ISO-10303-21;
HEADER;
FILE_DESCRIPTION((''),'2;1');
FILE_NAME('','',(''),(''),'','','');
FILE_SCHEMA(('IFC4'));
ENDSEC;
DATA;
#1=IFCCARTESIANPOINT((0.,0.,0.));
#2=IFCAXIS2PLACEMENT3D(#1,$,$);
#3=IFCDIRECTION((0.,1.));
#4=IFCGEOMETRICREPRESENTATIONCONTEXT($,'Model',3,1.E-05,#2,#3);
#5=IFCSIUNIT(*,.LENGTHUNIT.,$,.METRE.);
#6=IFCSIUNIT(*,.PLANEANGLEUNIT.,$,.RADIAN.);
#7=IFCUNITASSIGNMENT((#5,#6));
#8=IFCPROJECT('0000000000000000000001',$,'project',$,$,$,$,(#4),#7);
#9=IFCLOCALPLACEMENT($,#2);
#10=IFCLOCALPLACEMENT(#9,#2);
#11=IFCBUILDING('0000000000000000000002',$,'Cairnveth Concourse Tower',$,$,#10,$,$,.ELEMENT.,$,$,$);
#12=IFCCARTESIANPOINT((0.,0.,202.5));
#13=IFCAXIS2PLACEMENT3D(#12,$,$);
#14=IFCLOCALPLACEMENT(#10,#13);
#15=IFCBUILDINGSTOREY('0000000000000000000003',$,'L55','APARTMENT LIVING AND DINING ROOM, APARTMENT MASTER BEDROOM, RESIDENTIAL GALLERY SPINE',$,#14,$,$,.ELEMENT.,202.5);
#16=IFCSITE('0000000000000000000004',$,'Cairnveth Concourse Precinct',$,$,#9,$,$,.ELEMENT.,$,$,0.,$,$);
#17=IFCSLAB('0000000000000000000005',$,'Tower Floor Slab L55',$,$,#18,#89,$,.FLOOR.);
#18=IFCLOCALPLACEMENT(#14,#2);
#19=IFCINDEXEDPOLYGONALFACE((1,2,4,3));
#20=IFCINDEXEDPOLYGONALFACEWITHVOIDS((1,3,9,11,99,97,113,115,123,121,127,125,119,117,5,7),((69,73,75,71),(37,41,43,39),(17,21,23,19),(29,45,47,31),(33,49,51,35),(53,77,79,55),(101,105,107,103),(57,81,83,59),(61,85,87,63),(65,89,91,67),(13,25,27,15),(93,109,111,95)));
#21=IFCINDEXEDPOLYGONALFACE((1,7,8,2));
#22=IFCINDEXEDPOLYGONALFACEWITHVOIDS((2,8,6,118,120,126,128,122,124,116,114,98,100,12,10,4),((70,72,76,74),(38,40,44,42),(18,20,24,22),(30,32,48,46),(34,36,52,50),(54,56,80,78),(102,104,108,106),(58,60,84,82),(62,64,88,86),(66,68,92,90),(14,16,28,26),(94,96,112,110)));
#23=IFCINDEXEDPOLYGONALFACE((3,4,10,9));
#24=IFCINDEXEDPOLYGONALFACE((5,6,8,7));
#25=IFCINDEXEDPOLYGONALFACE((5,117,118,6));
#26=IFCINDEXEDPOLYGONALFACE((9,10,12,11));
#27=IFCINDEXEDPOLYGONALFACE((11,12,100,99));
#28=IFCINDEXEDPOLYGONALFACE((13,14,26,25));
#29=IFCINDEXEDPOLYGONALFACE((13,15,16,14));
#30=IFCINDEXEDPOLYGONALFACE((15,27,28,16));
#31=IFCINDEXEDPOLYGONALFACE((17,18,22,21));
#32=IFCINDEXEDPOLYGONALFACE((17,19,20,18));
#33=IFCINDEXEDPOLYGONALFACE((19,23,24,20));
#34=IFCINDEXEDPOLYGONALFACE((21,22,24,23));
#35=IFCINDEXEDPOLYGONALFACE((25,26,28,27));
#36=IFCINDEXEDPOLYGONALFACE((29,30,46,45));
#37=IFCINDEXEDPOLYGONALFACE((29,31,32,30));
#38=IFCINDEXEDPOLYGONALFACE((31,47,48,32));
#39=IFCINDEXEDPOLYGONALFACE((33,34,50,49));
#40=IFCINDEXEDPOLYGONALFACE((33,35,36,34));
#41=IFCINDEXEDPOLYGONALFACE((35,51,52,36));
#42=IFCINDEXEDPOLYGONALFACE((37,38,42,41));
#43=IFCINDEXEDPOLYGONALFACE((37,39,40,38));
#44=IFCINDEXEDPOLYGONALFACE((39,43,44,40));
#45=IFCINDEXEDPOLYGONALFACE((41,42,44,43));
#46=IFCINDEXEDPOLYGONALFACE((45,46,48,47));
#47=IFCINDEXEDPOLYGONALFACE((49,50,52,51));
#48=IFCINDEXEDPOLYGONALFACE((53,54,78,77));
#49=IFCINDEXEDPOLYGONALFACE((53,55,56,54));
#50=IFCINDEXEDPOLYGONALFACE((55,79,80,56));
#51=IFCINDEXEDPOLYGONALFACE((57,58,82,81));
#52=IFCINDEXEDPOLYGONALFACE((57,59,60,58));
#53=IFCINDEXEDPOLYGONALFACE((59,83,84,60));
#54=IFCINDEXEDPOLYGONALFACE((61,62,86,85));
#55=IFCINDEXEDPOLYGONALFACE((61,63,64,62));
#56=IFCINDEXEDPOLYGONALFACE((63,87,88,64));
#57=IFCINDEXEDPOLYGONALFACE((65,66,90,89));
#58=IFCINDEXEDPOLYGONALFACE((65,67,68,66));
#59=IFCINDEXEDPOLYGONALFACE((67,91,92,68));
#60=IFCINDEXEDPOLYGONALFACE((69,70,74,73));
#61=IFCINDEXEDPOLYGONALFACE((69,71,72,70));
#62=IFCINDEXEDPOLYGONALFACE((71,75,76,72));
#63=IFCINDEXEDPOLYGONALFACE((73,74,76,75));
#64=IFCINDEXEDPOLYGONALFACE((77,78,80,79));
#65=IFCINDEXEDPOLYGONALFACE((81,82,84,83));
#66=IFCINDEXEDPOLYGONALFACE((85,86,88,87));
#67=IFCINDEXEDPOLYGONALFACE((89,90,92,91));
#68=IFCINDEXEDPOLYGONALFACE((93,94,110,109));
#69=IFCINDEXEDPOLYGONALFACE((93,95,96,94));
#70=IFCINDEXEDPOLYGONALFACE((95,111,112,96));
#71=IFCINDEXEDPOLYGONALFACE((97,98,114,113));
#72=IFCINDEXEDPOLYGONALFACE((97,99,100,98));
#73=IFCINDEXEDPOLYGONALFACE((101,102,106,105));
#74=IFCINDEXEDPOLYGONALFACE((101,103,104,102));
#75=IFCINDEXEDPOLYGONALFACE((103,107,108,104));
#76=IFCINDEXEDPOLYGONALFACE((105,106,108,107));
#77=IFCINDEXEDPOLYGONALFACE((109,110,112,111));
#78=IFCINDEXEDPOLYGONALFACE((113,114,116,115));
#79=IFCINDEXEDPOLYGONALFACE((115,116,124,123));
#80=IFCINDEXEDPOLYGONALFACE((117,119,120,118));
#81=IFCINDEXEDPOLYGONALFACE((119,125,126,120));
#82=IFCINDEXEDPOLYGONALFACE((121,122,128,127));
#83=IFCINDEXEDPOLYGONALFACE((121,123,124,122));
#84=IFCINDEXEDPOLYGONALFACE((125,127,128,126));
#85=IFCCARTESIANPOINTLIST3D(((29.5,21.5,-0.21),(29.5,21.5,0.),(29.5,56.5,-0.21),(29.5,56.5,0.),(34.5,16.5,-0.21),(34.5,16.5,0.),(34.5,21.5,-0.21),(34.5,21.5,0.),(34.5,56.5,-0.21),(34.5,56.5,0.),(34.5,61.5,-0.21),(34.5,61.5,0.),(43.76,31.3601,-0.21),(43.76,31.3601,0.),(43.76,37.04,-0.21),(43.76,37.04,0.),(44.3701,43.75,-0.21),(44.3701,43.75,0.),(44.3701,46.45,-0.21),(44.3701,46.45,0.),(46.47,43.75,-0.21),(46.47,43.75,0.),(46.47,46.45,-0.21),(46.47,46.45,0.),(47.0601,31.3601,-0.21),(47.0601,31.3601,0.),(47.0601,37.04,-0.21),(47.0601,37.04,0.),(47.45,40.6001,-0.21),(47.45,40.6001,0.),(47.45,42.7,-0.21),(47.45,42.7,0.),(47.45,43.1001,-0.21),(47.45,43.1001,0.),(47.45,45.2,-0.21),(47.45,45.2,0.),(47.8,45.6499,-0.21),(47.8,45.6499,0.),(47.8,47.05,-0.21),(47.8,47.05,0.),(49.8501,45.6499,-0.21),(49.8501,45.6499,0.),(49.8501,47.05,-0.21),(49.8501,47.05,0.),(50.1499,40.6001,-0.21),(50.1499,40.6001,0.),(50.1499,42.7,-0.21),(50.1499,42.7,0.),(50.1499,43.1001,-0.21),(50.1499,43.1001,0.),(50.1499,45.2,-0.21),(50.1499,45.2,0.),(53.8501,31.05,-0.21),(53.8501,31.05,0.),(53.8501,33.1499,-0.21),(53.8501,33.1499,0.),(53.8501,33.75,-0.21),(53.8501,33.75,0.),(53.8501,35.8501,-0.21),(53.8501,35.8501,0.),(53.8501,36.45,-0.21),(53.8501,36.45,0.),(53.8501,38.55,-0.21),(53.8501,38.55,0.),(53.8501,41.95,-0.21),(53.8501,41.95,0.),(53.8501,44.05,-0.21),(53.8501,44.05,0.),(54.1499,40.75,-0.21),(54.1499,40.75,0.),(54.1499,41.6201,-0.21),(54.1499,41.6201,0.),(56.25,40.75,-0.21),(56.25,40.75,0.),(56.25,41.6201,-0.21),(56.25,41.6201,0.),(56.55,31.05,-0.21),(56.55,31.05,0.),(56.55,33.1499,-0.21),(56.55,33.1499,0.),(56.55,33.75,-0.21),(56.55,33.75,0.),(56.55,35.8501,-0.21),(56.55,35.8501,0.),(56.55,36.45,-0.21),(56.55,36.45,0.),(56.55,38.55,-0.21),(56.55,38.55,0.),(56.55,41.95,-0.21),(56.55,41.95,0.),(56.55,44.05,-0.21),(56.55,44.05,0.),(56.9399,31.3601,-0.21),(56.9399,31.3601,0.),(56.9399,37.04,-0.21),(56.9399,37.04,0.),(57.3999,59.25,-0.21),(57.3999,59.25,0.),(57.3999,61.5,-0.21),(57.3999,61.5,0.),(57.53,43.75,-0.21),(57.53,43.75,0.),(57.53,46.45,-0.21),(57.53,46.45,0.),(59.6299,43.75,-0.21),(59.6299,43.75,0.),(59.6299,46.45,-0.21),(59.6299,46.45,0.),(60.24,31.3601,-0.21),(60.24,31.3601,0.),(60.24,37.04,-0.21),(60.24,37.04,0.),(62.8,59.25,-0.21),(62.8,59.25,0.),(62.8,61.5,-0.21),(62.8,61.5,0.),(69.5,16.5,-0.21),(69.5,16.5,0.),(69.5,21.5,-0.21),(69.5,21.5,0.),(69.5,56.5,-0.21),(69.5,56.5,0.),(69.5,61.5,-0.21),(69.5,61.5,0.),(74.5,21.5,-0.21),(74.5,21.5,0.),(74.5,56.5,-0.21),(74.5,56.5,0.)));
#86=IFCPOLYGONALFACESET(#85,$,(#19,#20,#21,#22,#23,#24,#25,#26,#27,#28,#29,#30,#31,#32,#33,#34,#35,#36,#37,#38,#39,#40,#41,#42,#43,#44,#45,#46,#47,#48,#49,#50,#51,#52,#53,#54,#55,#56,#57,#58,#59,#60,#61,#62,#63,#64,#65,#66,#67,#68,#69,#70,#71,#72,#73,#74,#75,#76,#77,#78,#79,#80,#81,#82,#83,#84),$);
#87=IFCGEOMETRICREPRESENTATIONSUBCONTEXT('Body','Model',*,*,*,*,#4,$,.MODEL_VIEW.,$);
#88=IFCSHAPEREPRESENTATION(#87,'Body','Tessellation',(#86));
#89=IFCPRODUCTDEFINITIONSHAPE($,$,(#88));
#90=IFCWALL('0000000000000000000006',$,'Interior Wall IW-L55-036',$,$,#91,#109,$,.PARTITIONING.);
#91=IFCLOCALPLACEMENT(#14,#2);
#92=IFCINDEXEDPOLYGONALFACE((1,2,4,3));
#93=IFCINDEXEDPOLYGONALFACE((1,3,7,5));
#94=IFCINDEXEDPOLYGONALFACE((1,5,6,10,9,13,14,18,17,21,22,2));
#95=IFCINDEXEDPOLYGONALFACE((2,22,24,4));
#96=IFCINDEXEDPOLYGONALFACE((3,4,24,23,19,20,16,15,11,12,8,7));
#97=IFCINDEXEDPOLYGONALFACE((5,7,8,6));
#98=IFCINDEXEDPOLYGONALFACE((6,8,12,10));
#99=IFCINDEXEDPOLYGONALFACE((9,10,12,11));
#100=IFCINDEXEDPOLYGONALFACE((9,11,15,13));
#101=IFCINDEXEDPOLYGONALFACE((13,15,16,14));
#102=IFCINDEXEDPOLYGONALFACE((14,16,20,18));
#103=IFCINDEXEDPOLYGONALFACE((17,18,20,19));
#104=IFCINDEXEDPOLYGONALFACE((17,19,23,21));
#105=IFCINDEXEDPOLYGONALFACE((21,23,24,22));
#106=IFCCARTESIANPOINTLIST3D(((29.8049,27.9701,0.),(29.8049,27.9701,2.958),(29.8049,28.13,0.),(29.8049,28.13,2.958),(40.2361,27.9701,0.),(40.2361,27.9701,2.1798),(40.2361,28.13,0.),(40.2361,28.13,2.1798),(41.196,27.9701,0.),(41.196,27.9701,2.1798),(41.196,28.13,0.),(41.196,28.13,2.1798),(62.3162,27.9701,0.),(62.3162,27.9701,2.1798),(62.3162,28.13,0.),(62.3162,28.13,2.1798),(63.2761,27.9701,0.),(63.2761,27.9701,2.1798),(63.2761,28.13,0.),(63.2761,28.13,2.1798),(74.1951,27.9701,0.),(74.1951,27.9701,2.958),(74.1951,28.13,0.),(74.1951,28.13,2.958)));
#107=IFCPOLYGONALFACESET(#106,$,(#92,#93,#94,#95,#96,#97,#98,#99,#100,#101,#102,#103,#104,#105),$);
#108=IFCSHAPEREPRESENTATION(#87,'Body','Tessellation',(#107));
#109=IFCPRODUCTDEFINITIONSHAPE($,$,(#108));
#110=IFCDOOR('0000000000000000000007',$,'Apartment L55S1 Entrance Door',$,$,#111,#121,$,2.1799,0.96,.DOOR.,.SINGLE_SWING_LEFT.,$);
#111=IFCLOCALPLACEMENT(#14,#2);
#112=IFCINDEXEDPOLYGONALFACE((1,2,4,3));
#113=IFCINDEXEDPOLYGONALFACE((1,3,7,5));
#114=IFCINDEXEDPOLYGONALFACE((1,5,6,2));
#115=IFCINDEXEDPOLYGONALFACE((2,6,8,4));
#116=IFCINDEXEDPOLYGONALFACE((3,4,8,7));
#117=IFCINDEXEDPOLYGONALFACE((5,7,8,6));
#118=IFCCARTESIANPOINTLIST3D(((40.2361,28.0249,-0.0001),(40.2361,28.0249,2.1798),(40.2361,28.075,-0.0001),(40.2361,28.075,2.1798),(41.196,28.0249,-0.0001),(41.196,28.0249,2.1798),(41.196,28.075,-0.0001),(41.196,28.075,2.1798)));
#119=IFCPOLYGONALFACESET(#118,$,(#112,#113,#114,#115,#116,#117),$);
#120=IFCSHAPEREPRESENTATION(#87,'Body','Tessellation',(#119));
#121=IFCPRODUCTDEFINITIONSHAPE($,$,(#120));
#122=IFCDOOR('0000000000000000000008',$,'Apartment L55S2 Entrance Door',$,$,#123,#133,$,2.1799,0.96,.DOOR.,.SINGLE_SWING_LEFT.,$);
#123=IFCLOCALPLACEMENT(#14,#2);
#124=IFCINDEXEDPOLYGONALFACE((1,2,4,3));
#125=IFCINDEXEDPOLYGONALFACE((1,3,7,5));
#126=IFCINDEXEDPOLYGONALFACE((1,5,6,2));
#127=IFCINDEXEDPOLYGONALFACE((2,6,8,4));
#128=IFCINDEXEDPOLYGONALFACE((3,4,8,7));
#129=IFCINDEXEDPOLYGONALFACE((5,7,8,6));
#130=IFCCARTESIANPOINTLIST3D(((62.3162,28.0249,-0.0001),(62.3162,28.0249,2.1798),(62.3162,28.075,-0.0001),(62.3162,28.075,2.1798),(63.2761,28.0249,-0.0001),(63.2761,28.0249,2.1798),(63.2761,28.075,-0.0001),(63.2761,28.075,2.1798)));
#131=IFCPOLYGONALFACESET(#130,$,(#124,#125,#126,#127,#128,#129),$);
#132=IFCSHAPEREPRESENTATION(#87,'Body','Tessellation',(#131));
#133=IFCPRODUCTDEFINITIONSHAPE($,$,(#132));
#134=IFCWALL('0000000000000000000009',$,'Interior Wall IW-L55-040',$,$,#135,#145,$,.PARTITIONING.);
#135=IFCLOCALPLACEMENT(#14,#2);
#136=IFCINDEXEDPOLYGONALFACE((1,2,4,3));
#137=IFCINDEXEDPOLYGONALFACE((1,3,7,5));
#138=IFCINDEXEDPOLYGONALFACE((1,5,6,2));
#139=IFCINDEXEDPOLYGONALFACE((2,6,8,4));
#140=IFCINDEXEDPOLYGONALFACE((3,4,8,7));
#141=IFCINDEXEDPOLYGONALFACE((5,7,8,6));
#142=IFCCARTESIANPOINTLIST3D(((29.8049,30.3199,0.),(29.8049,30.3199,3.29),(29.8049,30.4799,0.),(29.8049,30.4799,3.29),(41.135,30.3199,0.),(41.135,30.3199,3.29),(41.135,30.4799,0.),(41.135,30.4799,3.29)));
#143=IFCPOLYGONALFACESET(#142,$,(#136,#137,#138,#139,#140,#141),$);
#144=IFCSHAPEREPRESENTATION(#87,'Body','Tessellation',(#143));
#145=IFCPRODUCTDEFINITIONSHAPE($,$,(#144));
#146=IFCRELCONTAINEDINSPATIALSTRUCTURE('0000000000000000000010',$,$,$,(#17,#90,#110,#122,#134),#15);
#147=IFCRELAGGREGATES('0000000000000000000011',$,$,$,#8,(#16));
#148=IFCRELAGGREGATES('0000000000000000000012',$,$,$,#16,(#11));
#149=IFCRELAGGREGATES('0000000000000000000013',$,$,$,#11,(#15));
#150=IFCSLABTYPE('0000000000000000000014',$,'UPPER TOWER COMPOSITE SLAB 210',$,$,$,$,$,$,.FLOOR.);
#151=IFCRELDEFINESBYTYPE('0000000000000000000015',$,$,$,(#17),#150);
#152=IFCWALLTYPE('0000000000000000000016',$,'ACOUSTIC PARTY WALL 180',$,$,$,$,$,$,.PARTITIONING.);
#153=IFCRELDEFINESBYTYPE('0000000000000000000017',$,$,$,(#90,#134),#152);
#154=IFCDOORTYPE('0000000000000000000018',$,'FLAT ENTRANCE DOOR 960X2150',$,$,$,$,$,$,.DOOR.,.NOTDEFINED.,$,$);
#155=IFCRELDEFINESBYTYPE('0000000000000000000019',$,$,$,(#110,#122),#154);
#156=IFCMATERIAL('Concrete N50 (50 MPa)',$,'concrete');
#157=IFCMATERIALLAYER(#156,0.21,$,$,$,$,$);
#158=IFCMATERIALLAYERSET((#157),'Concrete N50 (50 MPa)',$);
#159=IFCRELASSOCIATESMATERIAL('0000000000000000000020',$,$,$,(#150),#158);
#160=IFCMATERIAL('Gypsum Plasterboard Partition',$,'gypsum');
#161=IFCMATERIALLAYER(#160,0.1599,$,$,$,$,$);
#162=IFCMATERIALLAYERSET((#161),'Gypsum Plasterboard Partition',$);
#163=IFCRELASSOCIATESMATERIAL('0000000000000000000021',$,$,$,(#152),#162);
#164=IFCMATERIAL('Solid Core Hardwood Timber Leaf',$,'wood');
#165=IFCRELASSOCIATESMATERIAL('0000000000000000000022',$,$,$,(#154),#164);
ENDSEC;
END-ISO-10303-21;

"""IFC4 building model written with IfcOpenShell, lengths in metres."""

from ifc_helpers import new_model, si_unit, direction, frame, frame_2d, origin, place, context, subcontext, project, spatial, polyline, rectangle, outline, extrude, material, layer, layer_set, type_object, element, fill, save


model = new_model("IFC4")

# Units and contexts
model_context = context("Model", 3, precision=1e-05, world=origin(), true_north=direction((0.0, 1.0)))
body_context = subcontext(model_context, "Body", "Model", "MODEL_VIEW")
ifc_project = project(units=[si_unit("LENGTHUNIT", "METRE"), si_unit("PLANEANGLEUNIT", "RADIAN")], contexts=[model_context])

# Site, building, storey
site_placement = place(None, origin())
site = spatial("IfcSite", under=ifc_project, at=site_placement, Name="Cairnveth Concourse Precinct", CompositionType="ELEMENT", RefElevation=0.0)
building_placement = place(site_placement, origin())
building = spatial("IfcBuilding", under=site, at=building_placement, Name="Cairnveth Concourse Tower", CompositionType="ELEMENT")
storey_placement = place(building_placement, frame((0.0, 0.0, 202.5)))
storey = spatial("IfcBuildingStorey", under=building, at=storey_placement, Name="L55", Description="APARTMENT LIVING AND DINING ROOM, APARTMENT MASTER BEDROOM, RESIDENTIAL GALLERY SPINE", CompositionType="ELEMENT", Elevation=202.5)

# Shared definitions
ifc_material_1 = material(Name="Concrete N50 (50 MPa)", Category="concrete")

# Slab
ifc_layer_1 = layer(ifc_material_1, 0.21)
ifc_layer_set_1 = layer_set([ifc_layer_1], Name="Concrete N50 (50 MPa)")
slab_type_1 = type_object("IfcSlabType", Name="UPPER TOWER COMPOSITE SLAB 210", PredefinedType="FLOOR", material=ifc_layer_set_1)
slab_1_placement = place(storey_placement, frame((0.0, 0.0, -0.21)))
element("IfcSlab", 1, at=slab_1_placement, inside=storey, type_object=slab_type_1, Name="Tower Floor Slab L55", PredefinedType="FLOOR", context=body_context, shape_type="SweptSolid", body=[
    extrude(outline(polyline([(62.8, 61.5), (62.8, 59.25), (57.3999, 59.25), (57.3999, 61.5), (34.5, 61.5), (34.5, 56.5), (29.5, 56.5), (29.5, 21.5), (34.5, 21.5), (34.5, 16.5), (69.5, 16.5), (69.5, 21.5), (74.5, 21.5), (74.5, 56.5), (69.5, 56.5), (69.5, 61.5), (62.8, 61.5)]), holes=[polyline([(43.76, 31.3601), (47.0601, 31.3601), (47.0601, 37.04), (43.76, 37.04), (43.76, 31.3601)]), polyline([(56.9399, 31.3601), (60.24, 31.3601), (60.24, 37.04), (56.9399, 37.04), (56.9399, 31.3601)]), polyline([(44.3701, 43.75), (46.47, 43.75), (46.47, 46.45), (44.3701, 46.45), (44.3701, 43.75)]), polyline([(57.53, 43.75), (59.6299, 43.75), (59.6299, 46.45), (57.53, 46.45), (57.53, 43.75)]), polyline([(53.8501, 31.05), (56.55, 31.05), (56.55, 33.1499), (53.8501, 33.1499), (53.8501, 31.05)]), polyline([(53.8501, 33.75), (56.55, 33.75), (56.55, 35.8501), (53.8501, 35.8501), (53.8501, 33.75)]), polyline([(53.8501, 36.45), (56.55, 36.45), (56.55, 38.55), (53.8501, 38.55), (53.8501, 36.45)]), polyline([(47.45, 40.6001), (50.1499, 40.6001), (50.1499, 42.7), (47.45, 42.7), (47.45, 40.6001)]), polyline([(47.45, 43.1001), (50.1499, 43.1001), (50.1499, 45.2), (47.45, 45.2), (47.45, 43.1001)]), polyline([(53.8501, 41.95), (56.55, 41.95), (56.55, 44.05), (53.8501, 44.05), (53.8501, 41.95)]), polyline([(47.8, 45.6499), (49.8501, 45.6499), (49.8501, 47.05), (47.8, 47.05), (47.8, 45.6499)]), polyline([(54.1499, 40.75), (56.25, 40.75), (56.25, 41.6201), (54.1499, 41.6201), (54.1499, 40.75)])]), origin(), (0.0, 0.0, 1.0), 0.21),
])

# Wall, openings, doors
ifc_material_2 = material(Name="Gypsum Plasterboard Partition", Category="gypsum")
ifc_layer_2 = layer(ifc_material_2, 0.1599)
ifc_layer_set_2 = layer_set([ifc_layer_2], Name="Gypsum Plasterboard Partition")
wall_type_1 = type_object("IfcWallType", Name="ACOUSTIC PARTY WALL 180", PredefinedType="PARTITIONING", material=ifc_layer_set_2)
wall_1_placement = place(storey_placement, frame((29.8049, 28.05, 0.0), z_axis=(0.0, 0.0, 1.0), x_axis=(1.0, 0.0, 0.0)))
wall_1 = element("IfcWall", 2, at=wall_1_placement, inside=storey, type_object=wall_type_1, Name="Interior Wall IW-L55-036", PredefinedType="PARTITIONING", context=body_context, shape_type="SweptSolid", body=[
    extrude(rectangle(XDim=44.3901, YDim=0.1599, at=frame_2d((22.1951, 0.0))), origin(), (0.0, 0.0, 1.0), 2.958),
])
opening_1_placement = place(wall_1_placement, frame((10.4312, 0.0, 0.0)))
opening_1 = element("IfcOpeningElement", 3, at=opening_1_placement, cuts=wall_1, PredefinedType="OPENING", context=body_context, shape_type="SweptSolid", body=[
    extrude(rectangle(XDim=0.96, YDim=2.1799, at=frame_2d((0.48, 1.0898))), frame((0.0, 0.0898, 0.0), z_axis=(0.0, -1.0, 0.0), x_axis=(1.0, 0.0, 0.0)), (0.0, 0.0, 1.0), 0.1799),
])
opening_2_placement = place(wall_1_placement, frame((32.5112, 0.0, 0.0)))
opening_2 = element("IfcOpeningElement", 4, at=opening_2_placement, cuts=wall_1, PredefinedType="OPENING", context=body_context, shape_type="SweptSolid", body=[
    extrude(rectangle(XDim=0.96, YDim=2.1799, at=frame_2d((0.48, 1.0898))), frame((0.0, 0.0898, 0.0), z_axis=(0.0, -1.0, 0.0), x_axis=(1.0, 0.0, 0.0)), (0.0, 0.0, 1.0), 0.1799),
])
ifc_material_3 = material(Name="Solid Core Hardwood Timber Leaf", Category="wood")
door_type = type_object("IfcDoorType", Name="FLAT ENTRANCE DOOR 960X2150", OperationType="NOTDEFINED", PredefinedType="DOOR", material=ifc_material_3)
door_1_placement = place(opening_1_placement, origin())
door_1 = element("IfcDoor", 5, at=door_1_placement, inside=storey, type_object=door_type, Name="Apartment L55S1 Entrance Door", OperationType="SINGLE_SWING_LEFT", OverallHeight=2.1799, OverallWidth=0.96, PredefinedType="DOOR", context=body_context, shape_type="SweptSolid", body=[
    extrude(rectangle(XDim=0.96, YDim=2.1799, at=frame_2d((0.48, 1.0898))), frame((0.0, 0.0249, 0.0), z_axis=(0.0, -1.0, 0.0), x_axis=(1.0, 0.0, 0.0)), (0.0, 0.0, 1.0), 0.05),
])
fill(opening_1, door_1)
door_2_placement = place(opening_2_placement, origin())
door_2 = element("IfcDoor", 6, at=door_2_placement, inside=storey, type_object=door_type, Name="Apartment L55S2 Entrance Door", OperationType="SINGLE_SWING_LEFT", OverallHeight=2.1799, OverallWidth=0.96, PredefinedType="DOOR", context=body_context, shape_type="SweptSolid", body=[
    extrude(rectangle(XDim=0.96, YDim=2.1799, at=frame_2d((0.48, 1.0898))), frame((0.0, 0.0249, 0.0), z_axis=(0.0, -1.0, 0.0), x_axis=(1.0, 0.0, 0.0)), (0.0, 0.0, 1.0), 0.05),
])
fill(opening_2, door_2)

# Wall
wall_2_placement = place(storey_placement, frame((29.8049, 30.3999, 0.0), z_axis=(0.0, 0.0, 1.0), x_axis=(1.0, 0.0, 0.0)))
element("IfcWall", 7, at=wall_2_placement, inside=storey, type_object=wall_type_1, Name="Interior Wall IW-L55-040", PredefinedType="PARTITIONING", context=body_context, shape_type="SweptSolid", body=[
    extrude(rectangle(XDim=11.3301, YDim=0.1599, at=frame_2d((5.665, 0.0))), origin(), (0.0, 0.0, 1.0), 3.29),
])

save(model, "model.ifc")
